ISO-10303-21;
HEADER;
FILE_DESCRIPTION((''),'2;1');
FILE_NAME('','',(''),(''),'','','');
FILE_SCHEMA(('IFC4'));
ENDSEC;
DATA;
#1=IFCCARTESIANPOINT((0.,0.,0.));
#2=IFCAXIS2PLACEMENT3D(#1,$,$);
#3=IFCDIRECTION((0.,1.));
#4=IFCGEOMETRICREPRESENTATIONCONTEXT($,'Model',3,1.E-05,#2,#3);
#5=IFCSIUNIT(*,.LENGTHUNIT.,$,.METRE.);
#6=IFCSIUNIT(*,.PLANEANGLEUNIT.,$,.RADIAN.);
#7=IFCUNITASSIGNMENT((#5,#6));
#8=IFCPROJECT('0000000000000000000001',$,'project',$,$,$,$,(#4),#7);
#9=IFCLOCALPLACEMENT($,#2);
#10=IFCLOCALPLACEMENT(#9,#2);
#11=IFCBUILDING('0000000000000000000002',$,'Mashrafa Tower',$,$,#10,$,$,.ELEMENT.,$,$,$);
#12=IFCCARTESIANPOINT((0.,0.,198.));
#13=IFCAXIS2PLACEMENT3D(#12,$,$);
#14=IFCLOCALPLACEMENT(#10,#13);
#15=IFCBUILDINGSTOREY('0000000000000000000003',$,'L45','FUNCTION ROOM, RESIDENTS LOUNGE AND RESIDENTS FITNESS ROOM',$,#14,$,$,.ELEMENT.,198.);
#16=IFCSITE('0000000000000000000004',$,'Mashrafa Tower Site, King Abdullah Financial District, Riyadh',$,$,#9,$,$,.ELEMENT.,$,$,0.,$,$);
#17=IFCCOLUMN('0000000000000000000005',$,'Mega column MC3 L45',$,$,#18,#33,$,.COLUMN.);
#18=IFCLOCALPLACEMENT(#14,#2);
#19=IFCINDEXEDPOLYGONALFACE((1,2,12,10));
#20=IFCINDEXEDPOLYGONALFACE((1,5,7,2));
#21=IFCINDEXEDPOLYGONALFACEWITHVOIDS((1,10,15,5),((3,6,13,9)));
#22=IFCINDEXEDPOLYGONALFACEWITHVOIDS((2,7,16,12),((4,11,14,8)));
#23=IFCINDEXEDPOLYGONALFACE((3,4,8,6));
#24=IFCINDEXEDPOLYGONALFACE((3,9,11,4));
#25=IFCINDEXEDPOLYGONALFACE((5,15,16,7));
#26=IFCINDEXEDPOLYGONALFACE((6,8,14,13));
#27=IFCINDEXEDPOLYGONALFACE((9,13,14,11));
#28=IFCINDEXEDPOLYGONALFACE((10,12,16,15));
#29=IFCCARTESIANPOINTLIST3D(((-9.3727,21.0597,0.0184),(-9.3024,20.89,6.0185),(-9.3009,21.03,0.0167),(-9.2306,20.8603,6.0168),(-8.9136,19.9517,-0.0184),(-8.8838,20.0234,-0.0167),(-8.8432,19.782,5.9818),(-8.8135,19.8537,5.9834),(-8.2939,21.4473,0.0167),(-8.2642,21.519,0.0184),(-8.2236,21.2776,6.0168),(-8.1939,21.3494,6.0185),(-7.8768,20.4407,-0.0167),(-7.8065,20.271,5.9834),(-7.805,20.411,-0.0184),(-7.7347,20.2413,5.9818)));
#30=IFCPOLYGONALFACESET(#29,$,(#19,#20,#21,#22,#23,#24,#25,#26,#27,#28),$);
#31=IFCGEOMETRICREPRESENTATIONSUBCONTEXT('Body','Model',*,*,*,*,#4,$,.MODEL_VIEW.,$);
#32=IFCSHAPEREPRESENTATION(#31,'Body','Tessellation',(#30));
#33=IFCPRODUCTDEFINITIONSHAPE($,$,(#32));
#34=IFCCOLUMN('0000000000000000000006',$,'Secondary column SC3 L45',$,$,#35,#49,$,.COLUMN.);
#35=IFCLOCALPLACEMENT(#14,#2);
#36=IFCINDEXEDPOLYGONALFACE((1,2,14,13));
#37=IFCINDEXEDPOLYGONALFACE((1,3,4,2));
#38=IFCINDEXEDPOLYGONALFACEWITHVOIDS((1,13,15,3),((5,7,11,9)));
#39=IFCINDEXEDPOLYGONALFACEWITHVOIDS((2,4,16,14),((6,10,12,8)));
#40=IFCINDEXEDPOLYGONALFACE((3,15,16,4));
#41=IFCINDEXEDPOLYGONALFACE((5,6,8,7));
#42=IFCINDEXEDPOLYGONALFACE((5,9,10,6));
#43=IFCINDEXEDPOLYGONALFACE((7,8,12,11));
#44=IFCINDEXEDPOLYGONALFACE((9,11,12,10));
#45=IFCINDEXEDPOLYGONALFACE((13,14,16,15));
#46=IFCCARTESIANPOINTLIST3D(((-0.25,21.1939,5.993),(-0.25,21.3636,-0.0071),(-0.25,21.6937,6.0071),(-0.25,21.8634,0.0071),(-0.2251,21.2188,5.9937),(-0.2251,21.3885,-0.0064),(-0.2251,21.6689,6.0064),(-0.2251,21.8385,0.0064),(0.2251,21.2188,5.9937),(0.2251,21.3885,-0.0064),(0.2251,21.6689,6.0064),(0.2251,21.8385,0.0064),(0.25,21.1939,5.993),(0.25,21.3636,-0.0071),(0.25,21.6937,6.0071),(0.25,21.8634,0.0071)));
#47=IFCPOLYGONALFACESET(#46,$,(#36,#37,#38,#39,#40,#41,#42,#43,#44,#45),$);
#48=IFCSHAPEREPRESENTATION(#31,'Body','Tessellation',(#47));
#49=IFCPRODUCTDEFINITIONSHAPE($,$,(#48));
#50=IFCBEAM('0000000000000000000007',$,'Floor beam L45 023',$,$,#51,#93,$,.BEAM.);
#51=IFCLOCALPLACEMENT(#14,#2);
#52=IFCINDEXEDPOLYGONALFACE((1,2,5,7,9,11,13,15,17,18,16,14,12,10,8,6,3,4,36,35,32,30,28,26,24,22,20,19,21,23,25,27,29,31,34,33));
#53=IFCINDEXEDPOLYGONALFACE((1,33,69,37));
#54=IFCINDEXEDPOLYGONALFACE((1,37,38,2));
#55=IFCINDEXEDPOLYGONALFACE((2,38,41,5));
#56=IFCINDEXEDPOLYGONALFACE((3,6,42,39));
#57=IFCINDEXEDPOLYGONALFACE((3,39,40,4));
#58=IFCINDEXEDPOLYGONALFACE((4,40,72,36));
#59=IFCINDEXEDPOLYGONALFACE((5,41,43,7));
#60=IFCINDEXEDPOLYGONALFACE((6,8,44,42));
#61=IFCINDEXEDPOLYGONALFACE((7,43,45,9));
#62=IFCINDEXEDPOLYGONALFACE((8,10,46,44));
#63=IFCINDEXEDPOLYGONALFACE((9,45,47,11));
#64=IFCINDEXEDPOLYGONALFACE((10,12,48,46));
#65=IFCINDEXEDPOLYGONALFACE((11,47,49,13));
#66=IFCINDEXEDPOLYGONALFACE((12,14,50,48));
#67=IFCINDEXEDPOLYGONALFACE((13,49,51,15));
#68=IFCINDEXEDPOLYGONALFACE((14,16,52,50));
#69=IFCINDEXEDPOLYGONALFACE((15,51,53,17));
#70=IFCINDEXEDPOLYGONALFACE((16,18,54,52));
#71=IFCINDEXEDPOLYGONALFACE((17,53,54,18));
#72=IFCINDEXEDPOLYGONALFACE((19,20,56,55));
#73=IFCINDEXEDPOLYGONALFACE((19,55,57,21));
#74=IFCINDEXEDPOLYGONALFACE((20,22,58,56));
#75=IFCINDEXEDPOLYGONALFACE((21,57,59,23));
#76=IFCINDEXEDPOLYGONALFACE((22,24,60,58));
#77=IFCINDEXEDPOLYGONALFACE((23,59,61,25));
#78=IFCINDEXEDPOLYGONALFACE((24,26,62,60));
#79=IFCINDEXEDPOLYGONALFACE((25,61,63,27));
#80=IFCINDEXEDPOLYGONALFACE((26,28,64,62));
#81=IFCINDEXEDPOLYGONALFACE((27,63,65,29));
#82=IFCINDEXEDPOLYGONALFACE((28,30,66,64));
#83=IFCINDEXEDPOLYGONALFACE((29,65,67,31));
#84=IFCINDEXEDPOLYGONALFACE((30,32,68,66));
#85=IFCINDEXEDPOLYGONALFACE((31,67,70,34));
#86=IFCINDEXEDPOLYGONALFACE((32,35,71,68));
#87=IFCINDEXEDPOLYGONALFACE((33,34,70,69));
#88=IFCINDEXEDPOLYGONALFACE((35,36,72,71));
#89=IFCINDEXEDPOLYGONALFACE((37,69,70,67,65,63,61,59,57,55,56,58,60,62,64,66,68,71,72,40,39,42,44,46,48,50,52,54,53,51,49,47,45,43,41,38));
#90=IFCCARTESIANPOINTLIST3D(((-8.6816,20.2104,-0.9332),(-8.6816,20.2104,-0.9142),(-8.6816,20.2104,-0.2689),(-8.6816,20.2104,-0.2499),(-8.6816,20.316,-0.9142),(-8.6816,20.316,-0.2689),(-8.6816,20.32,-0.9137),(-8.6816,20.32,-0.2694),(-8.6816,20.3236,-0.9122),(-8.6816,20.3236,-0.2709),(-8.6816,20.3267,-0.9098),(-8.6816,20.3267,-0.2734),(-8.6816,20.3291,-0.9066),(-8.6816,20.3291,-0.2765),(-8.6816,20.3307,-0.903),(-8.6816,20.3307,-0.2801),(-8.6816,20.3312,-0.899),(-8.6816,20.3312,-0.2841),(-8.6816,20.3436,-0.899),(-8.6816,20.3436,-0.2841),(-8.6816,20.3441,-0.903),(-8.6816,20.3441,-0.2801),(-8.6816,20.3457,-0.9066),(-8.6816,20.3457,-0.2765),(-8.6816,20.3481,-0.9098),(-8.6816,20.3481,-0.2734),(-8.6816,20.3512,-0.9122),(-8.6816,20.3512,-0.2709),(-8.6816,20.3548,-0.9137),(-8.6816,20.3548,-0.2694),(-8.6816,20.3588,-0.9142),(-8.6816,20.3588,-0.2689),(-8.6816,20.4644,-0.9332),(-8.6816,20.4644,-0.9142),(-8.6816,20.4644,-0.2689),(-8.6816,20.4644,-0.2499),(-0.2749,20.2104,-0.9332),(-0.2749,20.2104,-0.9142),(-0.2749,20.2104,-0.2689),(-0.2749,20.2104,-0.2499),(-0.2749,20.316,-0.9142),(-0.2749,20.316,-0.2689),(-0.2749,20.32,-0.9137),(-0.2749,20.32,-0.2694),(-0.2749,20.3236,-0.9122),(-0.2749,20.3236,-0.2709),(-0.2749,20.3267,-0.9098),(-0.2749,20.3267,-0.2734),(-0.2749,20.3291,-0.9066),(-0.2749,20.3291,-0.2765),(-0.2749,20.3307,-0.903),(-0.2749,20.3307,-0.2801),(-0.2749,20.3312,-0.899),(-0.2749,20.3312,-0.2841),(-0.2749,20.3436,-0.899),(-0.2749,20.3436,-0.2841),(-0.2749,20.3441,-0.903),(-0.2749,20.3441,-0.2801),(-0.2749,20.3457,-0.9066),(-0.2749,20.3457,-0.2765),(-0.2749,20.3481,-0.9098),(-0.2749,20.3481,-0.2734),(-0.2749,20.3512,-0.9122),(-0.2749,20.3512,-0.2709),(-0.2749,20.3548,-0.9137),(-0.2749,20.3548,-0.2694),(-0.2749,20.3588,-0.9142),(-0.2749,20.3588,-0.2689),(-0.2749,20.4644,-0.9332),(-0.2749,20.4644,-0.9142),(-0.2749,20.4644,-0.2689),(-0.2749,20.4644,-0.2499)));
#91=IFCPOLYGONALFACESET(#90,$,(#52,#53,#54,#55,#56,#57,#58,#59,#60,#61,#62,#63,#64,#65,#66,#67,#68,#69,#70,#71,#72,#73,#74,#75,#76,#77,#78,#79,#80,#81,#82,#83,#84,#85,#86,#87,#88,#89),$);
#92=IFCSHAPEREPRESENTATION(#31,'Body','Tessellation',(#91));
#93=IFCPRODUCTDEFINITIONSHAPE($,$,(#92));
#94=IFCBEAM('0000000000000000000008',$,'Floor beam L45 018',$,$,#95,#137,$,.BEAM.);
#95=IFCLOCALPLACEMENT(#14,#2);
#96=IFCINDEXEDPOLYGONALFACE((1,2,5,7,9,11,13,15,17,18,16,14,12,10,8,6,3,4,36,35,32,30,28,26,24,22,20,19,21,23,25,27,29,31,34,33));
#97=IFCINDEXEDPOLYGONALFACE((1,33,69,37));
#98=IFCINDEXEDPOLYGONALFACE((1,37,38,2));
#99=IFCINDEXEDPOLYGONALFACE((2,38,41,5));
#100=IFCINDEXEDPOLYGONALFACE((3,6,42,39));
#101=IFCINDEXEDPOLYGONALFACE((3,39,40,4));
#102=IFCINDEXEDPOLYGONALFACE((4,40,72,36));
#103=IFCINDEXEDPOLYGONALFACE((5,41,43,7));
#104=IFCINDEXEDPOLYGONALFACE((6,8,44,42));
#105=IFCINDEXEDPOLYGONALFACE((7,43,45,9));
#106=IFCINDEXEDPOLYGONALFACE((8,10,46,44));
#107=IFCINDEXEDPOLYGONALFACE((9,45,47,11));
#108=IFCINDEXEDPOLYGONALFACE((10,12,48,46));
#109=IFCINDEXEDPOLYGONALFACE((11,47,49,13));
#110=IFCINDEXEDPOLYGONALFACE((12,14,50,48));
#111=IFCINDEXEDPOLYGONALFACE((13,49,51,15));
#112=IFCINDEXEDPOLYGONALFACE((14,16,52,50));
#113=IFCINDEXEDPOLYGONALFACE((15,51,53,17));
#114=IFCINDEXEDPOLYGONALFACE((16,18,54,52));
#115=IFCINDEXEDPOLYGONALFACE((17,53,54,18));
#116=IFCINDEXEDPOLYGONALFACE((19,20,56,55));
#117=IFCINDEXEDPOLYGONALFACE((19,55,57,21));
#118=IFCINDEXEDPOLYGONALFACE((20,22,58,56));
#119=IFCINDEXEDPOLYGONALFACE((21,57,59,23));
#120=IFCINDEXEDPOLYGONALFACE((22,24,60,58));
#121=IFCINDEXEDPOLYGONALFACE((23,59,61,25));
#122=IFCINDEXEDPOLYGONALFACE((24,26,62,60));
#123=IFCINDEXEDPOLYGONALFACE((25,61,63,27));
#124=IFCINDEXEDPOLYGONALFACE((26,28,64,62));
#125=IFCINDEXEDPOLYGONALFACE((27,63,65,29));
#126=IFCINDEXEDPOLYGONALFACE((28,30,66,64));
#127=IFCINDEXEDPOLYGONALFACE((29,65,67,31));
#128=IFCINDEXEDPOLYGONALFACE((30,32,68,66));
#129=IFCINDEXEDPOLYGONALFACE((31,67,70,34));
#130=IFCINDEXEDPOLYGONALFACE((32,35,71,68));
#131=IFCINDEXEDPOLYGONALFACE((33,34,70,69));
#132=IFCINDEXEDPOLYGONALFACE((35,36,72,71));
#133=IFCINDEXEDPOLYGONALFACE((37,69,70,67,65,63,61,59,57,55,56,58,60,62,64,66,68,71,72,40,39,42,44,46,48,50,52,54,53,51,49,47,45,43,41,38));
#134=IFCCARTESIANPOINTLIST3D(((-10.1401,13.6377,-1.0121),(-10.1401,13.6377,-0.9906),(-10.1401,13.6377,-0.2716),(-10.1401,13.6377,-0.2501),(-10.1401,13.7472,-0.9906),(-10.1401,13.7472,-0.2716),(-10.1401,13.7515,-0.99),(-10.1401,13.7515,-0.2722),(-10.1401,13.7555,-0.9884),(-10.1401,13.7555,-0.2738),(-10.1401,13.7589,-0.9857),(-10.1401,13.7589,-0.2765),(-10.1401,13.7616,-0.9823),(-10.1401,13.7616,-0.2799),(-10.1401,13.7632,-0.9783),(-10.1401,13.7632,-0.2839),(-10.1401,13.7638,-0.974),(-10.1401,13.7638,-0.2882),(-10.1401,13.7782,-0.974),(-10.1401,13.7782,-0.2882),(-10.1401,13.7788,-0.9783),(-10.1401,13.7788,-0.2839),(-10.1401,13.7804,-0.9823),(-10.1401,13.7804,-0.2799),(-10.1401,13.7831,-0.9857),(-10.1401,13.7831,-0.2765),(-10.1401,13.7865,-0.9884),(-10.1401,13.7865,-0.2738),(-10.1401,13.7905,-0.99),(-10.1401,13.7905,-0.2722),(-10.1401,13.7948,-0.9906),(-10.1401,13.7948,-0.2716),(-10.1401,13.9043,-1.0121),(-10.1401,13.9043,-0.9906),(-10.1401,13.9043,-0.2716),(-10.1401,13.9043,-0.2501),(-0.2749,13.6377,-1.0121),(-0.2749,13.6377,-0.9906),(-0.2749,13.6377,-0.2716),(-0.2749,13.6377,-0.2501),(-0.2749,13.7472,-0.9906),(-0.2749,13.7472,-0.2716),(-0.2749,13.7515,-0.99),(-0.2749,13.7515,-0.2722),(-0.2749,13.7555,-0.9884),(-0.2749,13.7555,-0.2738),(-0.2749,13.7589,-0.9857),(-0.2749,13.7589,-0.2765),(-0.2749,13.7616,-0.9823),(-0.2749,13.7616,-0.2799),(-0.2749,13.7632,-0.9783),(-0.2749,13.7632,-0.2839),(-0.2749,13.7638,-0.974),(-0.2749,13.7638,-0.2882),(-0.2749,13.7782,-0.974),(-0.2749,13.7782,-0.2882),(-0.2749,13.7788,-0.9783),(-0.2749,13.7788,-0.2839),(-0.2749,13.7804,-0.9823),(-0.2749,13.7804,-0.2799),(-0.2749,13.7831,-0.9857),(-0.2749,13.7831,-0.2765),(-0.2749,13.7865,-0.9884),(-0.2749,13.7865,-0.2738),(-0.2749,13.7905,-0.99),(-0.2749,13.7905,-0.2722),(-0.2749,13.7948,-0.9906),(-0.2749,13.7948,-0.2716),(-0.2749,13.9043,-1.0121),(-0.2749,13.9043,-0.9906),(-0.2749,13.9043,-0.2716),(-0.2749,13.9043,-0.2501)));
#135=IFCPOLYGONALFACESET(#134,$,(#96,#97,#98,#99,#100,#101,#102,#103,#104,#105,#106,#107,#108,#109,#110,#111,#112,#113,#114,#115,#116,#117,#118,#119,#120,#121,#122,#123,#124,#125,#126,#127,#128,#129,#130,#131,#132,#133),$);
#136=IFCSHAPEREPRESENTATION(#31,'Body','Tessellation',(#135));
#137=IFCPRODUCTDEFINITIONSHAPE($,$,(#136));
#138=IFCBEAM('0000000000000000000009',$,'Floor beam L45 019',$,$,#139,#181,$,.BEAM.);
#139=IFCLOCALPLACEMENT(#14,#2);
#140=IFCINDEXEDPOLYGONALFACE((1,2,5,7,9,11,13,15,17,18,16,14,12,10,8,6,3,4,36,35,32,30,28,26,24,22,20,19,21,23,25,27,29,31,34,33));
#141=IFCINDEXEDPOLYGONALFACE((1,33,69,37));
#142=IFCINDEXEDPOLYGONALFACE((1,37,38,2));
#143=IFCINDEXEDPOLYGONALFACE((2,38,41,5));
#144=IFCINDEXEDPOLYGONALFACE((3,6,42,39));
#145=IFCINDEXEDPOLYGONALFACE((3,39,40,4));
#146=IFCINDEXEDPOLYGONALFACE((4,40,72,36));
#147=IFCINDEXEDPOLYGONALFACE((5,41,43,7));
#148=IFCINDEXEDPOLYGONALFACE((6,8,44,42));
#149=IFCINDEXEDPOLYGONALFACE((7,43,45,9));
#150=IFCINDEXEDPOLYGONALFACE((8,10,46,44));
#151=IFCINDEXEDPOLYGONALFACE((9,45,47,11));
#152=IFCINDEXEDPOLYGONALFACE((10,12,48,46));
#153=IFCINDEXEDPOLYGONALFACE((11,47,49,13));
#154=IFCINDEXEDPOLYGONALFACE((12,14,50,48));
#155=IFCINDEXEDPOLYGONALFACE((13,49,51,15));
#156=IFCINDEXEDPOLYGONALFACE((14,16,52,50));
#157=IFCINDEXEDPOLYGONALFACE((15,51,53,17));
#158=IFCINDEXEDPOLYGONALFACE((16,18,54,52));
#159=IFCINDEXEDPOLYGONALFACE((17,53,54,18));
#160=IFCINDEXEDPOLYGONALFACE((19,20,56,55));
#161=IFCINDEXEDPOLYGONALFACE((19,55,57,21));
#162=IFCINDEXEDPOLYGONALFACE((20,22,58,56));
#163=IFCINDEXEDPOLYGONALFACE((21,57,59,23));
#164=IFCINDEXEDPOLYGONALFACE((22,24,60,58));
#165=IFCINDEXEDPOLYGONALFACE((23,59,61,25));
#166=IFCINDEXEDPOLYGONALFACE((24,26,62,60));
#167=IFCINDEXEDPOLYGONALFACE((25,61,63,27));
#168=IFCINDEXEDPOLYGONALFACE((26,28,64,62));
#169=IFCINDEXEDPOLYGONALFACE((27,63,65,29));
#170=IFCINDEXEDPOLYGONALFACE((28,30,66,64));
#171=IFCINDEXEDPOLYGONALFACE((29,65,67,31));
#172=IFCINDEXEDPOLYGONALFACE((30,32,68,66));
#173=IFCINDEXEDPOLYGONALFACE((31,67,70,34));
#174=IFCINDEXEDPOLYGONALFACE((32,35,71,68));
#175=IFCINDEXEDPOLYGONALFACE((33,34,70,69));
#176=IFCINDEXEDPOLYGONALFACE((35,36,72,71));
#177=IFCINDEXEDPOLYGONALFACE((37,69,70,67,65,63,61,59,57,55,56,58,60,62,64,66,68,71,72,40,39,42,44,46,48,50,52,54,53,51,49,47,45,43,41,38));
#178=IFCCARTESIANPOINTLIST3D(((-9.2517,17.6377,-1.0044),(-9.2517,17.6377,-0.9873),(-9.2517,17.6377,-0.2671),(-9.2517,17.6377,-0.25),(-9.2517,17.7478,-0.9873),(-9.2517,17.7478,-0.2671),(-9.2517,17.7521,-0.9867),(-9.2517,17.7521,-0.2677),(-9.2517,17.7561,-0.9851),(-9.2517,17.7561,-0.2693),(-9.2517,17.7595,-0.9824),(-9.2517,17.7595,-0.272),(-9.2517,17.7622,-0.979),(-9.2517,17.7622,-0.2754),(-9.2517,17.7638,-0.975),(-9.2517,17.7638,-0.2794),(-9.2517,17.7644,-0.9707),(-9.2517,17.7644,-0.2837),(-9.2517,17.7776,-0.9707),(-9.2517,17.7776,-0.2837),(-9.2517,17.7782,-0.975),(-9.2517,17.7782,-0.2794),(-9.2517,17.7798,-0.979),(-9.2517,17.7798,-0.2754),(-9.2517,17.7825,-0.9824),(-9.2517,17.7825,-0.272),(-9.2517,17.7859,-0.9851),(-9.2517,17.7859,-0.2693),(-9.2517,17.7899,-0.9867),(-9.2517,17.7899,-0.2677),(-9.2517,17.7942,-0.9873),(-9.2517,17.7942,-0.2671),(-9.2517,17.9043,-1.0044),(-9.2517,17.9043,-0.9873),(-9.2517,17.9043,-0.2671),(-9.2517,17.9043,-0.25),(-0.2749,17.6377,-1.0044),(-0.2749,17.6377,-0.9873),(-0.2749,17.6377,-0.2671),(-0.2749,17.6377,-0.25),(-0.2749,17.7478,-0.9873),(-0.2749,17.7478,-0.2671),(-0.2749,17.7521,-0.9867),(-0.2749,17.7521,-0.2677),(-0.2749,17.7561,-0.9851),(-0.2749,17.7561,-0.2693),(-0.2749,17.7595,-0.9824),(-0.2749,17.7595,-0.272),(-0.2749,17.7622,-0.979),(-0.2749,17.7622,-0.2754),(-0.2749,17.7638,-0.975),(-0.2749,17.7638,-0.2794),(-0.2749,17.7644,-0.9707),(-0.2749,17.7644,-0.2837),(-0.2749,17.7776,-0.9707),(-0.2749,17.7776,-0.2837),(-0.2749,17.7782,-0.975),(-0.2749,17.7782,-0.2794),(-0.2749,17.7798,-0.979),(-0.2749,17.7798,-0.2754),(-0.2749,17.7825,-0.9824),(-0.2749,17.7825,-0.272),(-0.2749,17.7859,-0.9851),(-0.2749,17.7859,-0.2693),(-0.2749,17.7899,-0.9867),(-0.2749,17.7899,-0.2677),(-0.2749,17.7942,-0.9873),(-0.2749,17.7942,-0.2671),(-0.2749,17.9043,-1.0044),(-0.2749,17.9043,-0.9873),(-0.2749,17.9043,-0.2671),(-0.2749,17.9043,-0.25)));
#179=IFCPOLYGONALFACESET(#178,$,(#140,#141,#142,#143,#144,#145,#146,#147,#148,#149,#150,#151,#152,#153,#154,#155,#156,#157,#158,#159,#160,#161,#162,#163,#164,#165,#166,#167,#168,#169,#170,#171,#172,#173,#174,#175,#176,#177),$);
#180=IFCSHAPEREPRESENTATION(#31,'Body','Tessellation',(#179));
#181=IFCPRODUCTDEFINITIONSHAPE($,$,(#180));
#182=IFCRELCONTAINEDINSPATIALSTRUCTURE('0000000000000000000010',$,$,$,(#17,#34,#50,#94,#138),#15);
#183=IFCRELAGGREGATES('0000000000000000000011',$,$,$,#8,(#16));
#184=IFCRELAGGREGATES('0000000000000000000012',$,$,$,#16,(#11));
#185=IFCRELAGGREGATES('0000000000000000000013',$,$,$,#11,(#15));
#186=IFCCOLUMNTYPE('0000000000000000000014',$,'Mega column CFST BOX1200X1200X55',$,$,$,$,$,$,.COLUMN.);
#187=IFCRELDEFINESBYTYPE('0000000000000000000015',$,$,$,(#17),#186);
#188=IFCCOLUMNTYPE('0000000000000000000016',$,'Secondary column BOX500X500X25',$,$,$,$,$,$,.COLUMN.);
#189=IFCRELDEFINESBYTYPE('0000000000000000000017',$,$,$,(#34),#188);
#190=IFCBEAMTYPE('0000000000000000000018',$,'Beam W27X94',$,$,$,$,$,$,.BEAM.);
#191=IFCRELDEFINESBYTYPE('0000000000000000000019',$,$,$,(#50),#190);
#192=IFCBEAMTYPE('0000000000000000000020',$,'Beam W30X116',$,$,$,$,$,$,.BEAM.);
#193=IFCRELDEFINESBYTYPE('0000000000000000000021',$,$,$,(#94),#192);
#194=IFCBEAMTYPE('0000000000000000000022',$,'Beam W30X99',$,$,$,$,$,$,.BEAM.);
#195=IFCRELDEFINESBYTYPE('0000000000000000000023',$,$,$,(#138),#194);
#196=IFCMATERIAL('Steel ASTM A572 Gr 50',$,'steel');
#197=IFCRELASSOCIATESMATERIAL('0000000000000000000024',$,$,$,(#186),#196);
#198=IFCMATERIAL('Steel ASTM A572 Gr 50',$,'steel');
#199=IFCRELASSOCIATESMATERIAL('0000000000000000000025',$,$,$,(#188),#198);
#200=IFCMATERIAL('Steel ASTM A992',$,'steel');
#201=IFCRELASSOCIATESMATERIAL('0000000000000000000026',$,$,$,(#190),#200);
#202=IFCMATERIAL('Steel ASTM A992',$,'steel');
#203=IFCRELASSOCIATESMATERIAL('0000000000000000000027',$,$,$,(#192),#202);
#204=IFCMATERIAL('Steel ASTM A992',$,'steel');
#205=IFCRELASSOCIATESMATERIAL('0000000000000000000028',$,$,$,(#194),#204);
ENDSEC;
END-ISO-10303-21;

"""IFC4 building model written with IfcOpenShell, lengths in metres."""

from ifc_helpers import new_model, si_unit, direction, frame, origin, origin_2d, place, context, subcontext, project, spatial, hollow_rectangle, i_section, extrude, material, material_profile, profile_set, type_object, element, save


model = new_model("IFC4")

# Units and contexts
model_context = context("Model", 3, precision=1e-05, world=origin(), true_north=direction((0.0, 1.0)))
body_context = subcontext(model_context, "Body", "Model", "MODEL_VIEW")
ifc_project = project(units=[si_unit("LENGTHUNIT", "METRE"), si_unit("PLANEANGLEUNIT", "RADIAN")], contexts=[model_context])

# Site, building, storey
site_placement = place(None, origin())
site = spatial("IfcSite", under=ifc_project, at=site_placement, Name="Mashrafa Tower Site, King Abdullah Financial District, Riyadh", CompositionType="ELEMENT", RefElevation=0.0)
building_placement = place(site_placement, origin())
building = spatial("IfcBuilding", under=site, at=building_placement, Name="Mashrafa Tower", CompositionType="ELEMENT")
storey_placement = place(building_placement, frame((0.0, 0.0, 198.0)))
storey = spatial("IfcBuildingStorey", under=building, at=storey_placement, Name="L45", Description="FUNCTION ROOM, RESIDENTS LOUNGE AND RESIDENTS FITNESS ROOM", CompositionType="ELEMENT", Elevation=198.0)

# Columns
ifc_material_1 = material(Name="Steel ASTM A572 Gr 50", Category="steel")
ifc_material_profile_1 = material_profile(ifc_material_1, hollow_rectangle(XDim=1.2, YDim=1.2, WallThickness=0.0549, at=origin_2d()), Name="BOX1200X1200X55")
ifc_profile_set_1 = profile_set([ifc_material_profile_1], Name="Steel ASTM A572 Gr 50")
column_type_1 = type_object("IfcColumnType", Name="Mega column CFST BOX1200X1200X55", PredefinedType="COLUMN", material=ifc_profile_set_1)
column_1_placement = place(storey_placement, frame((-8.5889, 20.7354, 0.0), z_axis=(0.011713, -0.028266, 0.999532), x_axis=(0.923822, 0.382821, 0.0)))
element("IfcColumn", 1, at=column_1_placement, inside=storey, type_object=column_type_1, Name="Mega column MC3 L45", PredefinedType="COLUMN", context=body_context, shape_type="SweptSolid", body=[
    extrude(hollow_rectangle(XDim=1.2, YDim=1.2, WallThickness=0.0549, at=origin_2d()), origin(), (0.0, 0.0, 1.0), 6.0029),
])
ifc_material_2 = material(Name="Steel ASTM A572 Gr 50", Category="steel")
ifc_material_profile_2 = material_profile(ifc_material_2, hollow_rectangle(XDim=0.5, YDim=0.5, WallThickness=0.0249, at=origin_2d()), Name="BOX500X500X25")
ifc_profile_set_2 = profile_set([ifc_material_profile_2], Name="Steel ASTM A572 Gr 50")
column_type_2 = type_object("IfcColumnType", Name="Secondary column BOX500X500X25", PredefinedType="COLUMN", material=ifc_profile_set_2)
column_2_placement = place(storey_placement, frame((0.0, 21.6135, 0.0), z_axis=(0.0, -0.028268, 0.9996), x_axis=(1.0, 0.0, 0.0)))
element("IfcColumn", 2, at=column_2_placement, inside=storey, type_object=column_type_2, Name="Secondary column SC3 L45", PredefinedType="COLUMN", context=body_context, shape_type="SweptSolid", body=[
    extrude(hollow_rectangle(XDim=0.5, YDim=0.5, WallThickness=0.0249, at=origin_2d()), origin(), (0.0, 0.0, 1.0), 6.0024),
])

# Beams
ifc_material_3 = material(Name="Steel ASTM A992", Category="steel")
ifc_material_profile_3 = material_profile(ifc_material_3, i_section(OverallWidth=0.2539, OverallDepth=0.6833, WebThickness=0.0125, FlangeThickness=0.019, FilletRadius=0.0151, at=origin_2d()), Name="W27X94")
ifc_profile_set_3 = profile_set([ifc_material_profile_3], Name="Steel ASTM A992")
beam_type_1 = type_object("IfcBeamType", Name="Beam W27X94", PredefinedType="BEAM", material=ifc_profile_set_3)
beam_1_placement = place(storey_placement, frame((-8.6816, 20.3374, -0.5916), z_axis=(1.0, 0.0, 0.0), x_axis=(0.0, 1.0, 0.0)))
element("IfcBeam", 3, at=beam_1_placement, inside=storey, type_object=beam_type_1, Name="Floor beam L45 023", PredefinedType="BEAM", context=body_context, shape_type="SweptSolid", body=[
    extrude(i_section(OverallWidth=0.2539, OverallDepth=0.6833, WebThickness=0.0125, FlangeThickness=0.019, FilletRadius=0.0151, at=origin_2d()), origin(), (0.0, 0.0, 1.0), 8.4067),
])
ifc_material_4 = material(Name="Steel ASTM A992", Category="steel")
ifc_material_profile_4 = material_profile(ifc_material_4, i_section(OverallWidth=0.2666, OverallDepth=0.762, WebThickness=0.0144, FlangeThickness=0.0215, FilletRadius=0.0166, at=origin_2d()), Name="W30X116")
ifc_profile_set_4 = profile_set([ifc_material_profile_4], Name="Steel ASTM A992")
beam_type_2 = type_object("IfcBeamType", Name="Beam W30X116", PredefinedType="BEAM", material=ifc_profile_set_4)
beam_2_placement = place(storey_placement, frame((-10.1401, 13.771, -0.6311), z_axis=(1.0, 0.0, 0.0), x_axis=(0.0, 1.0, 0.0)))
element("IfcBeam", 4, at=beam_2_placement, inside=storey, type_object=beam_type_2, Name="Floor beam L45 018", PredefinedType="BEAM", context=body_context, shape_type="SweptSolid", body=[
    extrude(i_section(OverallWidth=0.2666, OverallDepth=0.762, WebThickness=0.0144, FlangeThickness=0.0215, FilletRadius=0.0166, at=origin_2d()), origin(), (0.0, 0.0, 1.0), 9.8652),
])
ifc_material_5 = material(Name="Steel ASTM A992", Category="steel")
ifc_material_profile_5 = material_profile(ifc_material_5, i_section(OverallWidth=0.2666, OverallDepth=0.7544, WebThickness=0.0132, FlangeThickness=0.0171, FilletRadius=0.0166, at=origin_2d()), Name="W30X99")
ifc_profile_set_5 = profile_set([ifc_material_profile_5], Name="Steel ASTM A992")
beam_type_3 = type_object("IfcBeamType", Name="Beam W30X99", PredefinedType="BEAM", material=ifc_profile_set_5)
beam_3_placement = place(storey_placement, frame((-9.2517, 17.771, -0.6272), z_axis=(1.0, 0.0, 0.0), x_axis=(0.0, 1.0, 0.0)))
element("IfcBeam", 5, at=beam_3_placement, inside=storey, type_object=beam_type_3, Name="Floor beam L45 019", PredefinedType="BEAM", context=body_context, shape_type="SweptSolid", body=[
    extrude(i_section(OverallWidth=0.2666, OverallDepth=0.7544, WebThickness=0.0132, FlangeThickness=0.0171, FilletRadius=0.0166, at=origin_2d()), origin(), (0.0, 0.0, 1.0), 8.9768),
])

save(model, "model.ifc")
